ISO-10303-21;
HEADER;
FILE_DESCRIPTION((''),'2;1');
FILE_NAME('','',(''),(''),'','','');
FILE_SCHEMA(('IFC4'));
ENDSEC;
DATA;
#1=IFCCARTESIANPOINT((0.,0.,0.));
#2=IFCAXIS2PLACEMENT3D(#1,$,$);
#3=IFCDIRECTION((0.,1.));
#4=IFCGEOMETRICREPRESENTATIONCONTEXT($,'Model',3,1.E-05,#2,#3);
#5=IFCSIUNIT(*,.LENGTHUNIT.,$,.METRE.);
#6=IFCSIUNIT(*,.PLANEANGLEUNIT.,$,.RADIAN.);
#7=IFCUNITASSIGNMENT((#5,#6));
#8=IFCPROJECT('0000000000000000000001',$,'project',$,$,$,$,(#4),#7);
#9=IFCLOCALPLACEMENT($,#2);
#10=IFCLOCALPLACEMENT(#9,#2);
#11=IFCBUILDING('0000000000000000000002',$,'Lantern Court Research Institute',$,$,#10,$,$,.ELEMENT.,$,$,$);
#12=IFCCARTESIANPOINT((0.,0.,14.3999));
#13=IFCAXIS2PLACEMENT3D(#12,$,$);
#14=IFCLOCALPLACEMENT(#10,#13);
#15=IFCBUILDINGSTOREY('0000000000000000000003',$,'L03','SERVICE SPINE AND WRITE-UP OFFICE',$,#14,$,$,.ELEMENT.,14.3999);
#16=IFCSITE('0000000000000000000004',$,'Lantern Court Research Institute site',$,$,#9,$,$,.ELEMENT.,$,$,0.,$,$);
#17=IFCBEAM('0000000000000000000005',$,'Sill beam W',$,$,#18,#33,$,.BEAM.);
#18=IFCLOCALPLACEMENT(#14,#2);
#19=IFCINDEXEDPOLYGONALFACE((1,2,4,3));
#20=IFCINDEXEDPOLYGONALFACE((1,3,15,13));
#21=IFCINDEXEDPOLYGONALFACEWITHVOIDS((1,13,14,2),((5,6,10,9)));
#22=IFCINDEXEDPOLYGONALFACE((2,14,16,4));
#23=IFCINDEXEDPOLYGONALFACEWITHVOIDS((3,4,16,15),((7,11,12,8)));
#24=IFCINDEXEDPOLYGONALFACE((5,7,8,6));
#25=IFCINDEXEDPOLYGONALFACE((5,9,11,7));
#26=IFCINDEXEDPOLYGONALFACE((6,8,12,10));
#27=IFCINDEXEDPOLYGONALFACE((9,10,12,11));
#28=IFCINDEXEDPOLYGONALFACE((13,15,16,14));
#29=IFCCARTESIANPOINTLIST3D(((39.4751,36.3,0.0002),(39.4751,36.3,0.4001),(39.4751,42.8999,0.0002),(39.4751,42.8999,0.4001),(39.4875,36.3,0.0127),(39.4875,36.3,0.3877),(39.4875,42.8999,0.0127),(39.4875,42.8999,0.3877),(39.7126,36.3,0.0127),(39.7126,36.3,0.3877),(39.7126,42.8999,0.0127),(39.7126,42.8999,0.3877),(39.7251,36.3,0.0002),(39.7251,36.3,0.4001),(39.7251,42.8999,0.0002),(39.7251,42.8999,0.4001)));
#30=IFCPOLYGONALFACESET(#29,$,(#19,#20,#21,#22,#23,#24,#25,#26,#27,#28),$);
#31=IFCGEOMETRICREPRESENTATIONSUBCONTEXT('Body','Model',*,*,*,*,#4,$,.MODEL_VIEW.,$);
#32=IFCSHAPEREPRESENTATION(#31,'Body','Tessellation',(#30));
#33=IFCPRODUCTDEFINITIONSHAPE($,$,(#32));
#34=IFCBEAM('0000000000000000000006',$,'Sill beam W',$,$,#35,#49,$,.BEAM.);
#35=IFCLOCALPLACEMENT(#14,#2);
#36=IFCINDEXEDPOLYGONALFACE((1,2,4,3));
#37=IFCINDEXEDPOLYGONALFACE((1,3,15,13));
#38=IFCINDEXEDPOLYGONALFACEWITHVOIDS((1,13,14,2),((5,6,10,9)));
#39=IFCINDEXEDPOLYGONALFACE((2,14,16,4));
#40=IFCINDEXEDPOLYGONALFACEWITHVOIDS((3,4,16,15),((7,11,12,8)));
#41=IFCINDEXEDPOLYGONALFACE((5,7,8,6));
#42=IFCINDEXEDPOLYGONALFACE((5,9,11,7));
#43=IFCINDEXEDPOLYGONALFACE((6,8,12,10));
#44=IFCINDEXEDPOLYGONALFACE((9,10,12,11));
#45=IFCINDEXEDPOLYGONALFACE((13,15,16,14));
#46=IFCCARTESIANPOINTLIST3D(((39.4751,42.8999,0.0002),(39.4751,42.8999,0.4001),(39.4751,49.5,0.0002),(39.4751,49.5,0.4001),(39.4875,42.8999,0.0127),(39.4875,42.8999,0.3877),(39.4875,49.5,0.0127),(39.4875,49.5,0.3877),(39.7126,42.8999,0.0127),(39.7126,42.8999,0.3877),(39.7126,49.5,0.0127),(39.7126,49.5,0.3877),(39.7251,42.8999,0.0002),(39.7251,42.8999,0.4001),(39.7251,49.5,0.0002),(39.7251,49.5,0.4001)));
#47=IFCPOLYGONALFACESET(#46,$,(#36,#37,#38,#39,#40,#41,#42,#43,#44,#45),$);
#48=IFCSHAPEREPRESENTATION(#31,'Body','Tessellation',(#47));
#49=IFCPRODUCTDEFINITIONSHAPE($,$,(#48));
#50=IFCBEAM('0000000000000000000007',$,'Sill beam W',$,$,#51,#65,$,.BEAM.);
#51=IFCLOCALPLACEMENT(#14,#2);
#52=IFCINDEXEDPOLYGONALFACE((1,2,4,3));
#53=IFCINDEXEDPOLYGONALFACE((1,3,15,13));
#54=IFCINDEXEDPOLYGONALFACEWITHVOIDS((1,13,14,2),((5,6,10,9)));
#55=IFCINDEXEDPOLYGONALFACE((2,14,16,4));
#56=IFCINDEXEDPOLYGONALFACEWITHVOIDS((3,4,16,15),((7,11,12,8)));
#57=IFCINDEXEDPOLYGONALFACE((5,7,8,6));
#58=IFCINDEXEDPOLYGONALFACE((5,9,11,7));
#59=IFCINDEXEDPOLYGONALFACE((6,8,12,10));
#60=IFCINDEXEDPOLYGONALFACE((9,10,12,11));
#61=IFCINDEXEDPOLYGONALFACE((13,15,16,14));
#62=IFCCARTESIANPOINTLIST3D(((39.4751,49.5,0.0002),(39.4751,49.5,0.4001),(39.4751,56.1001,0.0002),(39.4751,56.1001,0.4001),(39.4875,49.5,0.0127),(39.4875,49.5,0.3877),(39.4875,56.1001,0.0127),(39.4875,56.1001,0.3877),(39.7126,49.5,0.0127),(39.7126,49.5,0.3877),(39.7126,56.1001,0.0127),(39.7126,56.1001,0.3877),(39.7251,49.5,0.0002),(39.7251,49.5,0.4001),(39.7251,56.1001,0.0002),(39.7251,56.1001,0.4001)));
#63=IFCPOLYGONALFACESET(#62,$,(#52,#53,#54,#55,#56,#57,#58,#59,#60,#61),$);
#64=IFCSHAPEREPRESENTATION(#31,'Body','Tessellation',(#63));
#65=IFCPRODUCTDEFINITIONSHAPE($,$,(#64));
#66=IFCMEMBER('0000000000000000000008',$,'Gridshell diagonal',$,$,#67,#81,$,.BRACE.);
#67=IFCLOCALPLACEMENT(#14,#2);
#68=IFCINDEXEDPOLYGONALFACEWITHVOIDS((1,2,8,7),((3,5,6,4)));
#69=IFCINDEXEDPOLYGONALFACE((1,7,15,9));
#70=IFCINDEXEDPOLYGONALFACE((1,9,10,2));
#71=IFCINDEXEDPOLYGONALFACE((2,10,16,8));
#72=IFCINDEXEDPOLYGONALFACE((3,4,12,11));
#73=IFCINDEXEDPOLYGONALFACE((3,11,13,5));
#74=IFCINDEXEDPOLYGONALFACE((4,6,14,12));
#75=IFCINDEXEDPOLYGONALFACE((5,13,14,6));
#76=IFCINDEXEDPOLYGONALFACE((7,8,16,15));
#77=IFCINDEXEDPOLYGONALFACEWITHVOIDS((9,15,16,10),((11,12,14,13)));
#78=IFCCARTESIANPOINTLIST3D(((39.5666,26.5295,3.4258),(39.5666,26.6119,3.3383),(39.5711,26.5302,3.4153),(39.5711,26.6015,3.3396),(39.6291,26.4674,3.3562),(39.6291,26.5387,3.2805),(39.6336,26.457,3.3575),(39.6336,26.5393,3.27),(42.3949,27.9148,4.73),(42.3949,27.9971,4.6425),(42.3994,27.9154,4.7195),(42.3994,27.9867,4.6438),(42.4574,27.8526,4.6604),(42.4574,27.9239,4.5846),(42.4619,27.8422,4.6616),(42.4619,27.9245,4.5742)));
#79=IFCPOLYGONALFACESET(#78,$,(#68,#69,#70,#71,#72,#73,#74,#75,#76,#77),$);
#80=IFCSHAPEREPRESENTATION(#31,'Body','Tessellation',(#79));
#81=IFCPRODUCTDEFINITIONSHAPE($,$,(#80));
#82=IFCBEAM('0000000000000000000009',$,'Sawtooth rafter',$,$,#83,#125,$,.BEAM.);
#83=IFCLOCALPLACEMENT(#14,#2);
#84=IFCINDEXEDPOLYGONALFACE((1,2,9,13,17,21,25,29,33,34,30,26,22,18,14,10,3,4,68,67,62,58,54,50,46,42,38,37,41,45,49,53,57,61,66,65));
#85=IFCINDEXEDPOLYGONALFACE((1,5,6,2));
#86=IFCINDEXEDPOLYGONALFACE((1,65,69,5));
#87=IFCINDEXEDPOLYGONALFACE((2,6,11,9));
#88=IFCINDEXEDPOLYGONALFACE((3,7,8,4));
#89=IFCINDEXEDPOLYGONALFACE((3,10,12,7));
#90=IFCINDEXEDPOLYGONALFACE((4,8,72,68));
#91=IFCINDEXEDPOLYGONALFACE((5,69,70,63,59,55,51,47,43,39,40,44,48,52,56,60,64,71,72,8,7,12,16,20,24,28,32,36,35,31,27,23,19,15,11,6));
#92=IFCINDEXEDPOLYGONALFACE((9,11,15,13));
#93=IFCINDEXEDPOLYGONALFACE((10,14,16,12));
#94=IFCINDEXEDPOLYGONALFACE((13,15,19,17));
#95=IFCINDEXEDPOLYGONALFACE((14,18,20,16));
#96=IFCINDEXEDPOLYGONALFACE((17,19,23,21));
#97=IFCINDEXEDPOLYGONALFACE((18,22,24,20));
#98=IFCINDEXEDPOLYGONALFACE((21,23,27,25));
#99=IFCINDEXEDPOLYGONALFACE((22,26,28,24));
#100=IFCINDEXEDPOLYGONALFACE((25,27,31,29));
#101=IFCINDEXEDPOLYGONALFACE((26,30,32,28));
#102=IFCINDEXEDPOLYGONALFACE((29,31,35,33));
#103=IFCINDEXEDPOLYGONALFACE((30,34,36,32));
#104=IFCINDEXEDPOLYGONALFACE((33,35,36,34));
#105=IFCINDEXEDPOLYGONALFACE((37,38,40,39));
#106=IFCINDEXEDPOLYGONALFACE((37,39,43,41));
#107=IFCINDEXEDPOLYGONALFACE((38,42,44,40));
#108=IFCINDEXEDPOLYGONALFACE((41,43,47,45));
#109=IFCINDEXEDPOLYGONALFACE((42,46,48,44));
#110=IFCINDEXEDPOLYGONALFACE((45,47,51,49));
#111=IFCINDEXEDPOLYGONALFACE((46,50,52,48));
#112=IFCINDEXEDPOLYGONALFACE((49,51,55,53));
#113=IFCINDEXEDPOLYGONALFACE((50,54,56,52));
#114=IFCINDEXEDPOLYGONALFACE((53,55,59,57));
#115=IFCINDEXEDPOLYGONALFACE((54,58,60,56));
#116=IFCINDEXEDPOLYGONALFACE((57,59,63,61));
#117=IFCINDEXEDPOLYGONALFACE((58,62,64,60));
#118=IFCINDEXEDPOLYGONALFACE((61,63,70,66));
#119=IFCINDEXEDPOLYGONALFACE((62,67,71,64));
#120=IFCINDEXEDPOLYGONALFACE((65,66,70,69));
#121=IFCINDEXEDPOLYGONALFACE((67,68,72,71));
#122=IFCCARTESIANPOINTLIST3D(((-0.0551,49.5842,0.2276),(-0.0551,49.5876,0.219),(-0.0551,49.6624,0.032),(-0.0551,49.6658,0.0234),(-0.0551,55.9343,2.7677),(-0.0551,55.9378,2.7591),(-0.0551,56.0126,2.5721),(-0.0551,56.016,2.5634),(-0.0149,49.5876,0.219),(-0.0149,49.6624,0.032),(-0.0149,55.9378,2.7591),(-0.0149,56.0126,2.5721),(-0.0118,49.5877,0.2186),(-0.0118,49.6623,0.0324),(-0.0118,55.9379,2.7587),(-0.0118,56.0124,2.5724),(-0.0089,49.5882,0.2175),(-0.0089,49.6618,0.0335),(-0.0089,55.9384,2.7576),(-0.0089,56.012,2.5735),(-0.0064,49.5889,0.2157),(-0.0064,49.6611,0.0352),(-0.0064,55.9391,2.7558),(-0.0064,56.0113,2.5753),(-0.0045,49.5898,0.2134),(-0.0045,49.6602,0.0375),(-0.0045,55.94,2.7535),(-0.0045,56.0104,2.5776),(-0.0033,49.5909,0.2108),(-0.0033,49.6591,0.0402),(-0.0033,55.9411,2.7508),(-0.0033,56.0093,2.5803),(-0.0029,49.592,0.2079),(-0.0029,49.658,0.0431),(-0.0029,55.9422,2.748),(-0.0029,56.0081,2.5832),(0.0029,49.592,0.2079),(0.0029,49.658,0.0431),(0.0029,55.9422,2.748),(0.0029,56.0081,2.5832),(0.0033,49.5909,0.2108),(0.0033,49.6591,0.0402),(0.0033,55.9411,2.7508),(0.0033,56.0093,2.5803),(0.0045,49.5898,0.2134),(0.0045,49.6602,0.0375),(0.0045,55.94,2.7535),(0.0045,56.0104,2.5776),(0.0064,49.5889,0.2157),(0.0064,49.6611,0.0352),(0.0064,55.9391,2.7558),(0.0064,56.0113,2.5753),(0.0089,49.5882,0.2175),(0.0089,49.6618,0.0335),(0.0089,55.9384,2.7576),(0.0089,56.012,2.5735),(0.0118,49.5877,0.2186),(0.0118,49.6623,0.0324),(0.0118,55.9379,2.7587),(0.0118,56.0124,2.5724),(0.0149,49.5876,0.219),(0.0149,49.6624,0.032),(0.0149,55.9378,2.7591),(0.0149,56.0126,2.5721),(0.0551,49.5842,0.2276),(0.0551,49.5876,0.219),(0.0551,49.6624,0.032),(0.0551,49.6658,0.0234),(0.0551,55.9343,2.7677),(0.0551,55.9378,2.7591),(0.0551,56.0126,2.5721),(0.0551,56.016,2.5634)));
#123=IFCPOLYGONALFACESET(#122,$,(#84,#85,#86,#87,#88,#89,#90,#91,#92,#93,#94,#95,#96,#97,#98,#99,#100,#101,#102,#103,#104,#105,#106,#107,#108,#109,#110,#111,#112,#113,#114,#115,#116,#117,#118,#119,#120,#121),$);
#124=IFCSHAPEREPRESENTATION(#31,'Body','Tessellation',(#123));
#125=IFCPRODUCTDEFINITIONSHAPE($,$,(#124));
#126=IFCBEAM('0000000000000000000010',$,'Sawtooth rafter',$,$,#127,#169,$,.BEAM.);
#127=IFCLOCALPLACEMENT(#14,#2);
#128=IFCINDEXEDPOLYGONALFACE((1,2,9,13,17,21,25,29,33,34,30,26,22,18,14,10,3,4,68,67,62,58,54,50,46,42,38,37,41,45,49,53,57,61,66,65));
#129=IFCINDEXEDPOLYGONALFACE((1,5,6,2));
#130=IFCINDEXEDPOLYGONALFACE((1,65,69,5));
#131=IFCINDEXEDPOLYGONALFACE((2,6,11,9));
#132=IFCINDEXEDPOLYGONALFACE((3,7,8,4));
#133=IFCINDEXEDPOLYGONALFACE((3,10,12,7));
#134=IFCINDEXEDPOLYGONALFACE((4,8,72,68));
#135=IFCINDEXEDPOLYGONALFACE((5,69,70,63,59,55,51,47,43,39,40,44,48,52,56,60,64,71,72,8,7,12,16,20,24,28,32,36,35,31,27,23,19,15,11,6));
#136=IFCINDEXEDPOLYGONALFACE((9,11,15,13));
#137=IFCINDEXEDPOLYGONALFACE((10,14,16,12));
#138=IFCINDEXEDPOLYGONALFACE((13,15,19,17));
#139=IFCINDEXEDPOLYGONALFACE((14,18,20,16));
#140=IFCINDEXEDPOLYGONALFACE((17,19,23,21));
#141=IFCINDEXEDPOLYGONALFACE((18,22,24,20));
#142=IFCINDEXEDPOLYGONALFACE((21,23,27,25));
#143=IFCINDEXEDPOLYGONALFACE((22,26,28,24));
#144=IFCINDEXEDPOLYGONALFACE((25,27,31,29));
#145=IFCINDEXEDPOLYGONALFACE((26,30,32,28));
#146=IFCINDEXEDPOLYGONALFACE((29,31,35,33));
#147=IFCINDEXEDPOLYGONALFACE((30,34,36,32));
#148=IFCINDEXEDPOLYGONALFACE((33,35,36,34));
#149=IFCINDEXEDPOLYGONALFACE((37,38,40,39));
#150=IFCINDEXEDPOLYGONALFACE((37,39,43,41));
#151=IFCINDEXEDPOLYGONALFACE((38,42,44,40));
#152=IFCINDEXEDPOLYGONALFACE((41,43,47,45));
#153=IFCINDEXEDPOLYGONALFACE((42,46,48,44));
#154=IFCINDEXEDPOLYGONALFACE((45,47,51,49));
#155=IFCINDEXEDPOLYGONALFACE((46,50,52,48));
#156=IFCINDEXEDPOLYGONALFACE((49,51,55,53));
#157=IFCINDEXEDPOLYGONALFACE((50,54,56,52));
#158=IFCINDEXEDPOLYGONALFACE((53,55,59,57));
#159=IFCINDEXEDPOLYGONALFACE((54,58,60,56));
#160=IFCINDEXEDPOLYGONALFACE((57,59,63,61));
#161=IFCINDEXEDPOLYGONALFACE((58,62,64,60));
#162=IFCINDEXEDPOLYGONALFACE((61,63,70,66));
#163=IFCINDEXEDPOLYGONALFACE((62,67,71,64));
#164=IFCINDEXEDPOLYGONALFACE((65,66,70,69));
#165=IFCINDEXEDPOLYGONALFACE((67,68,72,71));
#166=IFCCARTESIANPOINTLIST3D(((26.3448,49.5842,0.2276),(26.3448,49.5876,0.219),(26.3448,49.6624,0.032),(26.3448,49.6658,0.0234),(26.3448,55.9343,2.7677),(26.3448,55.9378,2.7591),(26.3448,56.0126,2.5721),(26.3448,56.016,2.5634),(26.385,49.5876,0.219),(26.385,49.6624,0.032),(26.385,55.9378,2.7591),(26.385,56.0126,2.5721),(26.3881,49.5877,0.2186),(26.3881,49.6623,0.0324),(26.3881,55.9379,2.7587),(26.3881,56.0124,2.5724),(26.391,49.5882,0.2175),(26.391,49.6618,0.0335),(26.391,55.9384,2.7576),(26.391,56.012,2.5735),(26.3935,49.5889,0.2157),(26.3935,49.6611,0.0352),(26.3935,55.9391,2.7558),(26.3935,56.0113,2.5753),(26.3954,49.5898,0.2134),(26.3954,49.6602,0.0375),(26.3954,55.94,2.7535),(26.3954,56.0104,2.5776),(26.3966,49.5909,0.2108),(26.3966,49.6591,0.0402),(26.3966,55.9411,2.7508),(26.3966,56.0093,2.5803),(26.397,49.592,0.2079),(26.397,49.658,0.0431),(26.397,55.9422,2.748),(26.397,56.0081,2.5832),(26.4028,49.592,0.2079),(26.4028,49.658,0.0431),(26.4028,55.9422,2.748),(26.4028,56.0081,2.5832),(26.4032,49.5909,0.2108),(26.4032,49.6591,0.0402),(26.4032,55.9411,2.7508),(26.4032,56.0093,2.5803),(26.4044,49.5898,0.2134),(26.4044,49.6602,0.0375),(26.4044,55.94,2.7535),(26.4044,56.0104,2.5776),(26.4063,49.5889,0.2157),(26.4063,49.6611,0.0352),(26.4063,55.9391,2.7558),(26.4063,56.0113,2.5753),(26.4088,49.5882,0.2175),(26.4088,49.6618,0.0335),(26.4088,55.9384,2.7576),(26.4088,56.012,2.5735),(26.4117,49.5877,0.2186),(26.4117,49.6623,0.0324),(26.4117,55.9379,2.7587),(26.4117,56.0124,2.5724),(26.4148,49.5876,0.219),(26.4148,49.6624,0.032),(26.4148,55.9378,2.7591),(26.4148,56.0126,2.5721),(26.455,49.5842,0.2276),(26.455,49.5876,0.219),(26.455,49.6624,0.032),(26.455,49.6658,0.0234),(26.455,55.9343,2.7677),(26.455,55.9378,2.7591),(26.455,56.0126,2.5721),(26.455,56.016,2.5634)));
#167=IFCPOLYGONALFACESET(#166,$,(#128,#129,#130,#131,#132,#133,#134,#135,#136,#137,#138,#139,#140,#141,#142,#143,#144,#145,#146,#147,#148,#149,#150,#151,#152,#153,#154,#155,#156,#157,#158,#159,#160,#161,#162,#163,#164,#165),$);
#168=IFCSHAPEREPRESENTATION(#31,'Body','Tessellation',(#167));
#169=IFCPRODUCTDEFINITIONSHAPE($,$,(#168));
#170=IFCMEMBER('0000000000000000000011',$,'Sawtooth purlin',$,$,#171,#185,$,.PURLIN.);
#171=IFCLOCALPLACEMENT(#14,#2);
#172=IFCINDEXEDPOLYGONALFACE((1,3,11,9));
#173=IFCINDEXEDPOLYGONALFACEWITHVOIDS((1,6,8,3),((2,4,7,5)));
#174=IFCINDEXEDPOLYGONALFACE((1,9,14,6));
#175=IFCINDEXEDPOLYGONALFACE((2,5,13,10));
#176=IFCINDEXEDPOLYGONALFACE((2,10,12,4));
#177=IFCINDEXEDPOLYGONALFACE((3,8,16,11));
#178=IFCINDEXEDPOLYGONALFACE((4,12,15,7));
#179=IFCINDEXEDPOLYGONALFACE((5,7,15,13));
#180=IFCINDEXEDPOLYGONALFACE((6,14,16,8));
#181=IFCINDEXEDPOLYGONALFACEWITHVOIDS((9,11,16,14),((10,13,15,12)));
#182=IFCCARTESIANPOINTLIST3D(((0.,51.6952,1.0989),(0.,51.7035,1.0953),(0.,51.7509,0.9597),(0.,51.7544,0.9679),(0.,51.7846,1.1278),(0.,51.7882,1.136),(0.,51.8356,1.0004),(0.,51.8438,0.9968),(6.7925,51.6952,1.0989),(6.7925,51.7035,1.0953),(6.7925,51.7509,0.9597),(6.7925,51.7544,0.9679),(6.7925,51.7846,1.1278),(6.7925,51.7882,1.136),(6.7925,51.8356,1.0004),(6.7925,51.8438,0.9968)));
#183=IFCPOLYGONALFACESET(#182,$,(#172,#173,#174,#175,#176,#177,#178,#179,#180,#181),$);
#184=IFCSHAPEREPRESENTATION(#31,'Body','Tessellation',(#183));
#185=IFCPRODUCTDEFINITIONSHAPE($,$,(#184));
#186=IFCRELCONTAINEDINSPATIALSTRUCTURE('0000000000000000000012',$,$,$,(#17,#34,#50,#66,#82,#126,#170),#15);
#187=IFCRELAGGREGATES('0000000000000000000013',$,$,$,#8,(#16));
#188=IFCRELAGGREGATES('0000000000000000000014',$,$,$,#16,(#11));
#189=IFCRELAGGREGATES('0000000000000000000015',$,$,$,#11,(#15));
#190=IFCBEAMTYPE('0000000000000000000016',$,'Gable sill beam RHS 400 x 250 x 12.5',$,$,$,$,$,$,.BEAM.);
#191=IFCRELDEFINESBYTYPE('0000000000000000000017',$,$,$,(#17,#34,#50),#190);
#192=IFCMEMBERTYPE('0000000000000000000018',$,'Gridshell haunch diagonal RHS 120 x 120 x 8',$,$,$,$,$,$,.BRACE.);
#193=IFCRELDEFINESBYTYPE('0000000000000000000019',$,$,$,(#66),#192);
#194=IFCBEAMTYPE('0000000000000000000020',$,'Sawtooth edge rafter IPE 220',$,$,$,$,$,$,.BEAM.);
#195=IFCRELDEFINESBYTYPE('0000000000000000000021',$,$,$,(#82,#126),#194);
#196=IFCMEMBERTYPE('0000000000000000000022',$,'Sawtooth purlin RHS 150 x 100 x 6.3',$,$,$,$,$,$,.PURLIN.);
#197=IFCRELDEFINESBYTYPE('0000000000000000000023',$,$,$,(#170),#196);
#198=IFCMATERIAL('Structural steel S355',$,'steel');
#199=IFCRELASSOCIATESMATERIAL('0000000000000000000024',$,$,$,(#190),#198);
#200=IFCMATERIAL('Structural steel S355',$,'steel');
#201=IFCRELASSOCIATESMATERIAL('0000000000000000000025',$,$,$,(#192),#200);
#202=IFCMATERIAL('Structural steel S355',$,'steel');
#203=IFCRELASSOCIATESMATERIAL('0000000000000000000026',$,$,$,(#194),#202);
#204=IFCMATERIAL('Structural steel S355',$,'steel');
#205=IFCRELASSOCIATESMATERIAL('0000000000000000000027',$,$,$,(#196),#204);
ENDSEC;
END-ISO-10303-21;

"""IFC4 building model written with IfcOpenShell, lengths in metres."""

from ifc_helpers import new_model, si_unit, direction, frame, origin, origin_2d, place, context, subcontext, project, spatial, hollow_rectangle, i_section, extrude, material, material_profile, profile_set, type_object, element, save


model = new_model("IFC4")

# Units and contexts
model_context = context("Model", 3, precision=1e-05, world=origin(), true_north=direction((0.0, 1.0)))
body_context = subcontext(model_context, "Body", "Model", "MODEL_VIEW")
ifc_project = project(units=[si_unit("LENGTHUNIT", "METRE"), si_unit("PLANEANGLEUNIT", "RADIAN")], contexts=[model_context])

# Site, building, storey
site_placement = place(None, origin())
site = spatial("IfcSite", under=ifc_project, at=site_placement, Name="Lantern Court Research Institute site", CompositionType="ELEMENT", RefElevation=0.0)
building_placement = place(site_placement, origin())
building = spatial("IfcBuilding", under=site, at=building_placement, Name="Lantern Court Research Institute", CompositionType="ELEMENT")
storey_placement = place(building_placement, frame((0.0, 0.0, 14.3999)))
storey = spatial("IfcBuildingStorey", under=building, at=storey_placement, Name="L03", Description="SERVICE SPINE AND WRITE-UP OFFICE", CompositionType="ELEMENT", Elevation=14.3999)

# Beams
ifc_material_1 = material(Name="Structural steel S355", Category="steel")
ifc_material_profile_1 = material_profile(ifc_material_1, hollow_rectangle(XDim=0.25, YDim=0.3999, WallThickness=0.0125, at=origin_2d()), Name="Gable sill beam RHS 400 x 250 x 12.5")
ifc_profile_set_1 = profile_set([ifc_material_profile_1], Name="Structural steel S355")
beam_type_1 = type_object("IfcBeamType", Name="Gable sill beam RHS 400 x 250 x 12.5", PredefinedType="BEAM", material=ifc_profile_set_1)
beam_1_placement = place(storey_placement, frame((39.6001, 36.3, 0.2002), z_axis=(0.0, 1.0, 0.0), x_axis=(-1.0, 0.0, 0.0)))
element("IfcBeam", 1, at=beam_1_placement, inside=storey, type_object=beam_type_1, Name="Sill beam W", PredefinedType="BEAM", context=body_context, shape_type="SweptSolid", body=[
    extrude(hollow_rectangle(XDim=0.25, YDim=0.3999, WallThickness=0.0125, at=origin_2d()), origin(), (0.0, 0.0, 1.0), 6.5999),
])
for number, where, z_axis, x_axis, name in (
    (2, (39.6001, 42.8999, 0.2002), (0.0, 1.0, 0.0), (-1.0, 0.0, 0.0), "Sill beam W"),
    (3, (39.6001, 49.5, 0.2002), (0.0, 1.0, 0.0), (-1.0, 0.0, 0.0), "Sill beam W"),
):
    element("IfcBeam", number, at=place(storey_placement, frame(where, z_axis=z_axis, x_axis=x_axis)), inside=storey, type_object=beam_type_1, Name=name, PredefinedType="BEAM", context=body_context, shape_type="SweptSolid", body=[
        extrude(hollow_rectangle(XDim=0.25, YDim=0.3999, WallThickness=0.0125, at=origin_2d()), origin(), (0.0, 0.0, 1.0), 6.6001),
    ])

# Member
ifc_material_2 = material(Name="Structural steel S355", Category="steel")
ifc_material_profile_2 = material_profile(ifc_material_2, hollow_rectangle(XDim=0.1201, YDim=0.1201, WallThickness=0.0081, at=origin_2d()), Name="Gridshell haunch diagonal RHS 120 x 120 x 8")
ifc_profile_set_2 = profile_set([ifc_material_profile_2], Name="Structural steel S355")
member_type_1 = type_object("IfcMemberType", Name="Gridshell haunch diagonal RHS 120 x 120 x 8", PredefinedType="BRACE", material=ifc_profile_set_2)
member_1_placement = place(storey_placement, frame((39.6001, 26.5344, 3.3479), z_axis=(0.829739, 0.406382, 0.382604), x_axis=(-0.558151, 0.604116, 0.568781)))
element("IfcMember", 4, at=member_1_placement, inside=storey, type_object=member_type_1, Name="Gridshell diagonal", PredefinedType="BRACE", context=body_context, shape_type="SweptSolid", body=[
    extrude(hollow_rectangle(XDim=0.1201, YDim=0.1201, WallThickness=0.0081, at=origin_2d()), origin(), (0.0, 0.0, 1.0), 3.4087),
])

# Beams
ifc_material_3 = material(Name="Structural steel S355", Category="steel")
ifc_material_profile_3 = material_profile(ifc_material_3, i_section(OverallWidth=0.1101, OverallDepth=0.22, WebThickness=0.0059, FlangeThickness=0.0093, FilletRadius=0.012, at=origin_2d()), Name="IPE 220")
ifc_profile_set_3 = profile_set([ifc_material_profile_3], Name="Structural steel S355")
beam_type_2 = type_object("IfcBeamType", Name="Sawtooth edge rafter IPE 220", PredefinedType="BEAM", material=ifc_profile_set_3)
for number, where, z_axis, x_axis, name in (
    (5, (0.0, 49.625, 0.1255), (0.0, 0.928477, 0.371391), (-1.0, 0.0, 0.0), "Sawtooth rafter"),
    (6, (26.3999, 49.625, 0.1255), (0.0, 0.928477, 0.371391), (-1.0, 0.0, 0.0), "Sawtooth rafter"),
):
    element("IfcBeam", number, at=place(storey_placement, frame(where, z_axis=z_axis, x_axis=x_axis)), inside=storey, type_object=beam_type_2, Name=name, PredefinedType="BEAM", context=body_context, shape_type="SweptSolid", body=[
        extrude(i_section(OverallWidth=0.1101, OverallDepth=0.22, WebThickness=0.0059, FlangeThickness=0.0093, FilletRadius=0.012, at=origin_2d()), origin(), (0.0, 0.0, 1.0), 6.8394),
    ])

# Member
ifc_material_4 = material(Name="Structural steel S355", Category="steel")
ifc_material_profile_4 = material_profile(ifc_material_4, hollow_rectangle(XDim=0.1001, YDim=0.1499, WallThickness=0.0063, at=origin_2d()), Name="Sawtooth purlin RHS 150 x 100 x 6.3")
ifc_profile_set_4 = profile_set([ifc_material_profile_4], Name="Structural steel S355")
member_type_2 = type_object("IfcMemberType", Name="Sawtooth purlin RHS 150 x 100 x 6.3", PredefinedType="PURLIN", material=ifc_profile_set_4)
member_2_placement = place(storey_placement, frame((0.0, 51.7695, 1.0479), z_axis=(1.0, 0.0, 0.0), x_axis=(0.0, 0.928477, 0.371391)))
element("IfcMember", 7, at=member_2_placement, inside=storey, type_object=member_type_2, Name="Sawtooth purlin", PredefinedType="PURLIN", context=body_context, shape_type="SweptSolid", body=[
    extrude(hollow_rectangle(XDim=0.1001, YDim=0.1499, WallThickness=0.0063, at=origin_2d()), origin(), (0.0, 0.0, 1.0), 6.7925),
])

save(model, "model.ifc")
